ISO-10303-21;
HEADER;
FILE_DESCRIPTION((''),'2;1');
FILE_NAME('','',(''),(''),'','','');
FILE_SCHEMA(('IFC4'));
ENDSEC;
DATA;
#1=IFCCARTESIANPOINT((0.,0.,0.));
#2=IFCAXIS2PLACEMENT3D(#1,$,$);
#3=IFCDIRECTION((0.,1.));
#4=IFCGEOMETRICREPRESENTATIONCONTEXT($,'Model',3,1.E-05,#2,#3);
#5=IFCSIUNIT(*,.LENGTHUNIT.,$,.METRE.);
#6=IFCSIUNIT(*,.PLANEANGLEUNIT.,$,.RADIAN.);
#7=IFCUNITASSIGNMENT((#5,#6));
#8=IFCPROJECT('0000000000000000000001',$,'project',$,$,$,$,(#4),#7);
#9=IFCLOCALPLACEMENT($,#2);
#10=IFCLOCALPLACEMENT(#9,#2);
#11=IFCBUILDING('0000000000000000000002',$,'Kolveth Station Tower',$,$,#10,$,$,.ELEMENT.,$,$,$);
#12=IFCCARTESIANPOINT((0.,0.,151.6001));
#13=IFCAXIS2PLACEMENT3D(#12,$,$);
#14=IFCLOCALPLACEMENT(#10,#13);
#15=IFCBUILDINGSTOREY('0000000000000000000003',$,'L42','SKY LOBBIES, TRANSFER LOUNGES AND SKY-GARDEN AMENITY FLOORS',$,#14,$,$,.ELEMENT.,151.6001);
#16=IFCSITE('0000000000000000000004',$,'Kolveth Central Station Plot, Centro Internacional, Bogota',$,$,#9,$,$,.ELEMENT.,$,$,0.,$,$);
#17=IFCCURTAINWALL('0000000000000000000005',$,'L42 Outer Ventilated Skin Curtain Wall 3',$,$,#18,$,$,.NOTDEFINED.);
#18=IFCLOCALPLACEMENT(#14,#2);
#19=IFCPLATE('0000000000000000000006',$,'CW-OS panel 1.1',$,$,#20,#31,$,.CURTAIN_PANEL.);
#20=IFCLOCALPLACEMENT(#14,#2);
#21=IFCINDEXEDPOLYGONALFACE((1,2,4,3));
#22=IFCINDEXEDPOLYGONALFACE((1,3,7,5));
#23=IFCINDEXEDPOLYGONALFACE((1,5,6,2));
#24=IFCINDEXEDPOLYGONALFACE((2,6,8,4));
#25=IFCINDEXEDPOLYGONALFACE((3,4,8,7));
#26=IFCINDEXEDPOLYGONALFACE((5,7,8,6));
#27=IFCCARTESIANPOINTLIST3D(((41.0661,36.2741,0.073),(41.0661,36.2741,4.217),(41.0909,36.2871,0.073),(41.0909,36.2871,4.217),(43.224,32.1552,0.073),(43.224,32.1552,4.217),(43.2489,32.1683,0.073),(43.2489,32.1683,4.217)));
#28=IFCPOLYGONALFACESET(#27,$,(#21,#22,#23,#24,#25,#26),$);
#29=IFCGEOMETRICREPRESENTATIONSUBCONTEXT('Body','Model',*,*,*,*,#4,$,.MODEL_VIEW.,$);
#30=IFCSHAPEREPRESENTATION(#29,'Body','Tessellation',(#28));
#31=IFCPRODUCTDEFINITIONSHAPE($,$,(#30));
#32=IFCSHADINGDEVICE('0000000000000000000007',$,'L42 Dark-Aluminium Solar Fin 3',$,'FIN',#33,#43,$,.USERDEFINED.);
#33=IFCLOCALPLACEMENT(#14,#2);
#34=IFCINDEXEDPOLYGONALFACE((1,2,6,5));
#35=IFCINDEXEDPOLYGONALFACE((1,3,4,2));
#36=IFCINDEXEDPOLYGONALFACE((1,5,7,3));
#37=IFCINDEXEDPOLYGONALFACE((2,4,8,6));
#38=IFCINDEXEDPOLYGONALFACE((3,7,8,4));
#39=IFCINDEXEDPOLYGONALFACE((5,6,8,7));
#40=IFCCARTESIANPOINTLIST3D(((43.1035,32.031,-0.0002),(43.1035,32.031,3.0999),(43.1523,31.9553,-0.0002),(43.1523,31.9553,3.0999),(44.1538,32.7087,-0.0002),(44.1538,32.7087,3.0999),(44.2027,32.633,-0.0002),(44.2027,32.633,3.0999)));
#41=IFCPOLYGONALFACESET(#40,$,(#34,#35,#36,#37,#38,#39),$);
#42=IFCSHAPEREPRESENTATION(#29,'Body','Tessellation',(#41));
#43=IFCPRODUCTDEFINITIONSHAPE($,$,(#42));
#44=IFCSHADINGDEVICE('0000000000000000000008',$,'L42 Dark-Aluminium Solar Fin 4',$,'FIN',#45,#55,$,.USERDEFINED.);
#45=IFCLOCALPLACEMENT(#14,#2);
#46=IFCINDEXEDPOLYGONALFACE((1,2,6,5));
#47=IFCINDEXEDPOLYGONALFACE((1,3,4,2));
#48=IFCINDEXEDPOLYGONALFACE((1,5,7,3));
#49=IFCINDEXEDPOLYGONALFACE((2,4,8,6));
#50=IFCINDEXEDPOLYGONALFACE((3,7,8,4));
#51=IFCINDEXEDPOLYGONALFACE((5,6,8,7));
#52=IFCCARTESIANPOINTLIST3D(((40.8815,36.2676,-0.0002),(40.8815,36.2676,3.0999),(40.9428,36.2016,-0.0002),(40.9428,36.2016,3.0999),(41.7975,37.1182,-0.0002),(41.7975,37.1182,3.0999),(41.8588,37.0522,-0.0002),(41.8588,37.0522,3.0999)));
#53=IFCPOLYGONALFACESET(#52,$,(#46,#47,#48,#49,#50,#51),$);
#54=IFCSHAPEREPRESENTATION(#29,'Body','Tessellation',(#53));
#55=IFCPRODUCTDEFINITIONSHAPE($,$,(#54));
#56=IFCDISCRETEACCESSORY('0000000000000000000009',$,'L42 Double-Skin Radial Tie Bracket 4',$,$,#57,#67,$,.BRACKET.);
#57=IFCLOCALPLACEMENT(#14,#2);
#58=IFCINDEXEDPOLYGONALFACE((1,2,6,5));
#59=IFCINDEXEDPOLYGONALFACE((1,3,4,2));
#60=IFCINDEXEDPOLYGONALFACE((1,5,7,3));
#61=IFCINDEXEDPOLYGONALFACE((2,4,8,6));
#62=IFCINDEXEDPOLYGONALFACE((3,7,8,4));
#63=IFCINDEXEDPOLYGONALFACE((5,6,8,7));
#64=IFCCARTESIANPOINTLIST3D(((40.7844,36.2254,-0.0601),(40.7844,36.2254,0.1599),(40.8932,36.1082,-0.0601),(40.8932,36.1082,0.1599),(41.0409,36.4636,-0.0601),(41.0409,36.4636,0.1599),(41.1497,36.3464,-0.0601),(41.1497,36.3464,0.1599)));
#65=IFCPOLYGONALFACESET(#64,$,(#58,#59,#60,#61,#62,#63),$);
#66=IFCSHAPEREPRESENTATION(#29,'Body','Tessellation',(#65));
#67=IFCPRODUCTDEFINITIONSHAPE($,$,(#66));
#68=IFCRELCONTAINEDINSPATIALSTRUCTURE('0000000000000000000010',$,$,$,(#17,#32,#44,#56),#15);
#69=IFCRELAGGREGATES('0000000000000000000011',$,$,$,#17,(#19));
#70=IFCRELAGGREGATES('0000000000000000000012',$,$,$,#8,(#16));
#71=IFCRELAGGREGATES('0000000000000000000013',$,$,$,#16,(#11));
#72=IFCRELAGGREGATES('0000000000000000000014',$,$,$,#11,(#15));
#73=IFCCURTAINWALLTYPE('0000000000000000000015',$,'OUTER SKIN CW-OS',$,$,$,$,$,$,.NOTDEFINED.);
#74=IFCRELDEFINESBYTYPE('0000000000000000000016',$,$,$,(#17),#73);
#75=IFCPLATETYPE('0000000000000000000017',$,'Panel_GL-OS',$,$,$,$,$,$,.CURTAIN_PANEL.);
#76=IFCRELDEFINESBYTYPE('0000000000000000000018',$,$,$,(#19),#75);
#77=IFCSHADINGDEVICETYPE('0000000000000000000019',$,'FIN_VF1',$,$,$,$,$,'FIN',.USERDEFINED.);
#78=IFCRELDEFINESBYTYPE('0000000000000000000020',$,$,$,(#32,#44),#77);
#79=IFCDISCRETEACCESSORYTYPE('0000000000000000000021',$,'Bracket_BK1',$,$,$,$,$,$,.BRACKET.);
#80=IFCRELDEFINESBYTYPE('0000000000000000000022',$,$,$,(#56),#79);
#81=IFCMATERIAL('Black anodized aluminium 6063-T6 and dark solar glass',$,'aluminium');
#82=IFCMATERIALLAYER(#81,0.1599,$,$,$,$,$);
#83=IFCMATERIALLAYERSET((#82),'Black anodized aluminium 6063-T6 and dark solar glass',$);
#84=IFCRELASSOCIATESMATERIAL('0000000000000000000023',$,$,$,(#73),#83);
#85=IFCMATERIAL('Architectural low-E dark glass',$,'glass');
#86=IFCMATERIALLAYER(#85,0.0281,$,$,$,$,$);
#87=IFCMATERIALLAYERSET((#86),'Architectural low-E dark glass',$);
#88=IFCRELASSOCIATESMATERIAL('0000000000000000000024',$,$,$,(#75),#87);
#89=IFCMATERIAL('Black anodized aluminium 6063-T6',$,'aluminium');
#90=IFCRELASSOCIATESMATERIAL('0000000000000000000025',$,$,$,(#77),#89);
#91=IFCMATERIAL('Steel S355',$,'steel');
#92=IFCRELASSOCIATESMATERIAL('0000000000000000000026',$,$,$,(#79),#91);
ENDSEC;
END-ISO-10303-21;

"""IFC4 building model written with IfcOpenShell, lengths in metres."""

from ifc_helpers import new_model, si_unit, direction, frame, origin, origin_2d, place, context, subcontext, project, spatial, rectangle, extrude, source, transform, mapped, material, layer, layer_set, type_object, element, aggregate, save


model = new_model("IFC4")

# Units and contexts
model_context = context("Model", 3, precision=1e-05, world=origin(), true_north=direction((0.0, 1.0)))
body_context = subcontext(model_context, "Body", "Model", "MODEL_VIEW")
ifc_project = project(units=[si_unit("LENGTHUNIT", "METRE"), si_unit("PLANEANGLEUNIT", "RADIAN")], contexts=[model_context])

# Site, building, storey
site_placement = place(None, origin())
site = spatial("IfcSite", under=ifc_project, at=site_placement, Name="Kolveth Central Station Plot, Centro Internacional, Bogota", CompositionType="ELEMENT", RefElevation=0.0)
building_placement = place(site_placement, origin())
building = spatial("IfcBuilding", under=site, at=building_placement, Name="Kolveth Station Tower", CompositionType="ELEMENT")
storey_placement = place(building_placement, frame((0.0, 0.0, 151.6001)))
storey = spatial("IfcBuildingStorey", under=building, at=storey_placement, Name="L42", Description="SKY LOBBIES, TRANSFER LOUNGES AND SKY-GARDEN AMENITY FLOORS", CompositionType="ELEMENT", Elevation=151.6001)

# Shared definitions
ifc_material_1 = material(Name="Steel S355", Category="steel")

# Shared definitions
ifc_material_2 = material(Name="Black anodized aluminium 6063-T6", Category="aluminium")

# Shared definitions
ifc_material_3 = material(Name="Black anodized aluminium 6063-T6 and dark solar glass", Category="aluminium")
ifc_layer_1 = layer(ifc_material_3, 0.1599)
ifc_layer_set_1 = layer_set([ifc_layer_1], Name="Black anodized aluminium 6063-T6 and dark solar glass")
curtain_wall_type_1 = type_object("IfcCurtainWallType", Name="OUTER SKIN CW-OS", PredefinedType="NOTDEFINED", material=ifc_layer_set_1)

# Curtain wall
curtain_wall_1_placement = place(storey_placement, origin())
curtain_wall_1 = element("IfcCurtainWall", 1, at=curtain_wall_1_placement, inside=storey, type_object=curtain_wall_type_1, Name="L42 Outer Ventilated Skin Curtain Wall 3", PredefinedType="NOTDEFINED")

# Plate
ifc_material_4 = material(Name="Architectural low-E dark glass", Category="glass")
ifc_layer_2 = layer(ifc_material_4, 0.0281)
ifc_layer_set_2 = layer_set([ifc_layer_2], Name="Architectural low-E dark glass")
plate_type_1 = type_object("IfcPlateType", Name="Panel_GL-OS", PredefinedType="CURTAIN_PANEL", material=ifc_layer_set_2)
shared_shape_1 = source(origin(), body_context, "Body", "SweptSolid", [
    extrude(rectangle(XDim=4.6499, YDim=0.0281, at=origin_2d()), origin(), (0.0, 0.0, 1.0), 4.144),
])
plate_1_placement = place(storey_placement, frame((42.1575, 34.2212, 0.073), z_axis=(0.0, 0.0, 1.0), x_axis=(-0.464078, 0.885795, 0.0)))
plate_1 = element("IfcPlate", 2, at=plate_1_placement, type_object=plate_type_1, Name="CW-OS panel 1.1", PredefinedType="CURTAIN_PANEL", context=body_context, shape_type="MappedRepresentation", body=[
    mapped(shared_shape_1, transform((0.0, 0.0, 0.0), x_axis=(1.0, 0.0, 0.0), y_axis=(0.0, 1.0, 0.0), z_axis=(0.0, 0.0, 1.0), scale=1.0)),
])
aggregate(curtain_wall_1, [plate_1])

# Shading devices
shading_device_type = type_object("IfcShadingDeviceType", Name="FIN_VF1", ElementType="FIN", PredefinedType="USERDEFINED", material=ifc_material_2)
shared_shape_2 = source(origin(), body_context, "Body", "SweptSolid", [
    extrude(rectangle(XDim=1.25, YDim=0.0901, at=origin_2d()), origin(), (0.0, 0.0, 1.0), 3.1001),
])
for number, where, z_axis, x_axis, name in (
    (3, (43.6531, 32.332, -0.0002), (0.0, 0.0, 1.0), (0.840283, 0.542148, 0.0), "L42 Dark-Aluminium Solar Fin 3"),
    (4, (41.3701, 36.6599, -0.0002), (0.0, 0.0, 1.0), (0.73278, 0.680465, 0.0), "L42 Dark-Aluminium Solar Fin 4"),
):
    element("IfcShadingDevice", number, at=place(storey_placement, frame(where, z_axis=z_axis, x_axis=x_axis)), inside=storey, type_object=shading_device_type, Name=name, ObjectType="FIN", PredefinedType="USERDEFINED", context=body_context, shape_type="MappedRepresentation", body=[
        mapped(shared_shape_2, transform((0.0, 0.0, 0.0), x_axis=(1.0, 0.0, 0.0), y_axis=(0.0, 1.0, 0.0), z_axis=(0.0, 0.0, 1.0), scale=1.0)),
    ])

# Discrete accessory
discrete_accessory_type = type_object("IfcDiscreteAccessoryType", Name="Bracket_BK1", PredefinedType="BRACKET", material=ifc_material_1)
shared_shape_3 = source(origin(), body_context, "Body", "SweptSolid", [
    extrude(rectangle(XDim=0.3501, YDim=0.1599, at=origin_2d()), origin(), (0.0, 0.0, 1.0), 0.22),
])
discrete_accessory_placement = place(storey_placement, frame((40.967, 36.2859, -0.0601), z_axis=(0.0, 0.0, 1.0), x_axis=(0.73278, 0.680465, 0.0)))
element("IfcDiscreteAccessory", 5, at=discrete_accessory_placement, inside=storey, type_object=discrete_accessory_type, Name="L42 Double-Skin Radial Tie Bracket 4", PredefinedType="BRACKET", context=body_context, shape_type="MappedRepresentation", body=[
    mapped(shared_shape_3, transform((0.0, 0.0, 0.0), x_axis=(1.0, 0.0, 0.0), y_axis=(0.0, 1.0, 0.0), z_axis=(0.0, 0.0, 1.0), scale=1.0)),
])

save(model, "model.ifc")
